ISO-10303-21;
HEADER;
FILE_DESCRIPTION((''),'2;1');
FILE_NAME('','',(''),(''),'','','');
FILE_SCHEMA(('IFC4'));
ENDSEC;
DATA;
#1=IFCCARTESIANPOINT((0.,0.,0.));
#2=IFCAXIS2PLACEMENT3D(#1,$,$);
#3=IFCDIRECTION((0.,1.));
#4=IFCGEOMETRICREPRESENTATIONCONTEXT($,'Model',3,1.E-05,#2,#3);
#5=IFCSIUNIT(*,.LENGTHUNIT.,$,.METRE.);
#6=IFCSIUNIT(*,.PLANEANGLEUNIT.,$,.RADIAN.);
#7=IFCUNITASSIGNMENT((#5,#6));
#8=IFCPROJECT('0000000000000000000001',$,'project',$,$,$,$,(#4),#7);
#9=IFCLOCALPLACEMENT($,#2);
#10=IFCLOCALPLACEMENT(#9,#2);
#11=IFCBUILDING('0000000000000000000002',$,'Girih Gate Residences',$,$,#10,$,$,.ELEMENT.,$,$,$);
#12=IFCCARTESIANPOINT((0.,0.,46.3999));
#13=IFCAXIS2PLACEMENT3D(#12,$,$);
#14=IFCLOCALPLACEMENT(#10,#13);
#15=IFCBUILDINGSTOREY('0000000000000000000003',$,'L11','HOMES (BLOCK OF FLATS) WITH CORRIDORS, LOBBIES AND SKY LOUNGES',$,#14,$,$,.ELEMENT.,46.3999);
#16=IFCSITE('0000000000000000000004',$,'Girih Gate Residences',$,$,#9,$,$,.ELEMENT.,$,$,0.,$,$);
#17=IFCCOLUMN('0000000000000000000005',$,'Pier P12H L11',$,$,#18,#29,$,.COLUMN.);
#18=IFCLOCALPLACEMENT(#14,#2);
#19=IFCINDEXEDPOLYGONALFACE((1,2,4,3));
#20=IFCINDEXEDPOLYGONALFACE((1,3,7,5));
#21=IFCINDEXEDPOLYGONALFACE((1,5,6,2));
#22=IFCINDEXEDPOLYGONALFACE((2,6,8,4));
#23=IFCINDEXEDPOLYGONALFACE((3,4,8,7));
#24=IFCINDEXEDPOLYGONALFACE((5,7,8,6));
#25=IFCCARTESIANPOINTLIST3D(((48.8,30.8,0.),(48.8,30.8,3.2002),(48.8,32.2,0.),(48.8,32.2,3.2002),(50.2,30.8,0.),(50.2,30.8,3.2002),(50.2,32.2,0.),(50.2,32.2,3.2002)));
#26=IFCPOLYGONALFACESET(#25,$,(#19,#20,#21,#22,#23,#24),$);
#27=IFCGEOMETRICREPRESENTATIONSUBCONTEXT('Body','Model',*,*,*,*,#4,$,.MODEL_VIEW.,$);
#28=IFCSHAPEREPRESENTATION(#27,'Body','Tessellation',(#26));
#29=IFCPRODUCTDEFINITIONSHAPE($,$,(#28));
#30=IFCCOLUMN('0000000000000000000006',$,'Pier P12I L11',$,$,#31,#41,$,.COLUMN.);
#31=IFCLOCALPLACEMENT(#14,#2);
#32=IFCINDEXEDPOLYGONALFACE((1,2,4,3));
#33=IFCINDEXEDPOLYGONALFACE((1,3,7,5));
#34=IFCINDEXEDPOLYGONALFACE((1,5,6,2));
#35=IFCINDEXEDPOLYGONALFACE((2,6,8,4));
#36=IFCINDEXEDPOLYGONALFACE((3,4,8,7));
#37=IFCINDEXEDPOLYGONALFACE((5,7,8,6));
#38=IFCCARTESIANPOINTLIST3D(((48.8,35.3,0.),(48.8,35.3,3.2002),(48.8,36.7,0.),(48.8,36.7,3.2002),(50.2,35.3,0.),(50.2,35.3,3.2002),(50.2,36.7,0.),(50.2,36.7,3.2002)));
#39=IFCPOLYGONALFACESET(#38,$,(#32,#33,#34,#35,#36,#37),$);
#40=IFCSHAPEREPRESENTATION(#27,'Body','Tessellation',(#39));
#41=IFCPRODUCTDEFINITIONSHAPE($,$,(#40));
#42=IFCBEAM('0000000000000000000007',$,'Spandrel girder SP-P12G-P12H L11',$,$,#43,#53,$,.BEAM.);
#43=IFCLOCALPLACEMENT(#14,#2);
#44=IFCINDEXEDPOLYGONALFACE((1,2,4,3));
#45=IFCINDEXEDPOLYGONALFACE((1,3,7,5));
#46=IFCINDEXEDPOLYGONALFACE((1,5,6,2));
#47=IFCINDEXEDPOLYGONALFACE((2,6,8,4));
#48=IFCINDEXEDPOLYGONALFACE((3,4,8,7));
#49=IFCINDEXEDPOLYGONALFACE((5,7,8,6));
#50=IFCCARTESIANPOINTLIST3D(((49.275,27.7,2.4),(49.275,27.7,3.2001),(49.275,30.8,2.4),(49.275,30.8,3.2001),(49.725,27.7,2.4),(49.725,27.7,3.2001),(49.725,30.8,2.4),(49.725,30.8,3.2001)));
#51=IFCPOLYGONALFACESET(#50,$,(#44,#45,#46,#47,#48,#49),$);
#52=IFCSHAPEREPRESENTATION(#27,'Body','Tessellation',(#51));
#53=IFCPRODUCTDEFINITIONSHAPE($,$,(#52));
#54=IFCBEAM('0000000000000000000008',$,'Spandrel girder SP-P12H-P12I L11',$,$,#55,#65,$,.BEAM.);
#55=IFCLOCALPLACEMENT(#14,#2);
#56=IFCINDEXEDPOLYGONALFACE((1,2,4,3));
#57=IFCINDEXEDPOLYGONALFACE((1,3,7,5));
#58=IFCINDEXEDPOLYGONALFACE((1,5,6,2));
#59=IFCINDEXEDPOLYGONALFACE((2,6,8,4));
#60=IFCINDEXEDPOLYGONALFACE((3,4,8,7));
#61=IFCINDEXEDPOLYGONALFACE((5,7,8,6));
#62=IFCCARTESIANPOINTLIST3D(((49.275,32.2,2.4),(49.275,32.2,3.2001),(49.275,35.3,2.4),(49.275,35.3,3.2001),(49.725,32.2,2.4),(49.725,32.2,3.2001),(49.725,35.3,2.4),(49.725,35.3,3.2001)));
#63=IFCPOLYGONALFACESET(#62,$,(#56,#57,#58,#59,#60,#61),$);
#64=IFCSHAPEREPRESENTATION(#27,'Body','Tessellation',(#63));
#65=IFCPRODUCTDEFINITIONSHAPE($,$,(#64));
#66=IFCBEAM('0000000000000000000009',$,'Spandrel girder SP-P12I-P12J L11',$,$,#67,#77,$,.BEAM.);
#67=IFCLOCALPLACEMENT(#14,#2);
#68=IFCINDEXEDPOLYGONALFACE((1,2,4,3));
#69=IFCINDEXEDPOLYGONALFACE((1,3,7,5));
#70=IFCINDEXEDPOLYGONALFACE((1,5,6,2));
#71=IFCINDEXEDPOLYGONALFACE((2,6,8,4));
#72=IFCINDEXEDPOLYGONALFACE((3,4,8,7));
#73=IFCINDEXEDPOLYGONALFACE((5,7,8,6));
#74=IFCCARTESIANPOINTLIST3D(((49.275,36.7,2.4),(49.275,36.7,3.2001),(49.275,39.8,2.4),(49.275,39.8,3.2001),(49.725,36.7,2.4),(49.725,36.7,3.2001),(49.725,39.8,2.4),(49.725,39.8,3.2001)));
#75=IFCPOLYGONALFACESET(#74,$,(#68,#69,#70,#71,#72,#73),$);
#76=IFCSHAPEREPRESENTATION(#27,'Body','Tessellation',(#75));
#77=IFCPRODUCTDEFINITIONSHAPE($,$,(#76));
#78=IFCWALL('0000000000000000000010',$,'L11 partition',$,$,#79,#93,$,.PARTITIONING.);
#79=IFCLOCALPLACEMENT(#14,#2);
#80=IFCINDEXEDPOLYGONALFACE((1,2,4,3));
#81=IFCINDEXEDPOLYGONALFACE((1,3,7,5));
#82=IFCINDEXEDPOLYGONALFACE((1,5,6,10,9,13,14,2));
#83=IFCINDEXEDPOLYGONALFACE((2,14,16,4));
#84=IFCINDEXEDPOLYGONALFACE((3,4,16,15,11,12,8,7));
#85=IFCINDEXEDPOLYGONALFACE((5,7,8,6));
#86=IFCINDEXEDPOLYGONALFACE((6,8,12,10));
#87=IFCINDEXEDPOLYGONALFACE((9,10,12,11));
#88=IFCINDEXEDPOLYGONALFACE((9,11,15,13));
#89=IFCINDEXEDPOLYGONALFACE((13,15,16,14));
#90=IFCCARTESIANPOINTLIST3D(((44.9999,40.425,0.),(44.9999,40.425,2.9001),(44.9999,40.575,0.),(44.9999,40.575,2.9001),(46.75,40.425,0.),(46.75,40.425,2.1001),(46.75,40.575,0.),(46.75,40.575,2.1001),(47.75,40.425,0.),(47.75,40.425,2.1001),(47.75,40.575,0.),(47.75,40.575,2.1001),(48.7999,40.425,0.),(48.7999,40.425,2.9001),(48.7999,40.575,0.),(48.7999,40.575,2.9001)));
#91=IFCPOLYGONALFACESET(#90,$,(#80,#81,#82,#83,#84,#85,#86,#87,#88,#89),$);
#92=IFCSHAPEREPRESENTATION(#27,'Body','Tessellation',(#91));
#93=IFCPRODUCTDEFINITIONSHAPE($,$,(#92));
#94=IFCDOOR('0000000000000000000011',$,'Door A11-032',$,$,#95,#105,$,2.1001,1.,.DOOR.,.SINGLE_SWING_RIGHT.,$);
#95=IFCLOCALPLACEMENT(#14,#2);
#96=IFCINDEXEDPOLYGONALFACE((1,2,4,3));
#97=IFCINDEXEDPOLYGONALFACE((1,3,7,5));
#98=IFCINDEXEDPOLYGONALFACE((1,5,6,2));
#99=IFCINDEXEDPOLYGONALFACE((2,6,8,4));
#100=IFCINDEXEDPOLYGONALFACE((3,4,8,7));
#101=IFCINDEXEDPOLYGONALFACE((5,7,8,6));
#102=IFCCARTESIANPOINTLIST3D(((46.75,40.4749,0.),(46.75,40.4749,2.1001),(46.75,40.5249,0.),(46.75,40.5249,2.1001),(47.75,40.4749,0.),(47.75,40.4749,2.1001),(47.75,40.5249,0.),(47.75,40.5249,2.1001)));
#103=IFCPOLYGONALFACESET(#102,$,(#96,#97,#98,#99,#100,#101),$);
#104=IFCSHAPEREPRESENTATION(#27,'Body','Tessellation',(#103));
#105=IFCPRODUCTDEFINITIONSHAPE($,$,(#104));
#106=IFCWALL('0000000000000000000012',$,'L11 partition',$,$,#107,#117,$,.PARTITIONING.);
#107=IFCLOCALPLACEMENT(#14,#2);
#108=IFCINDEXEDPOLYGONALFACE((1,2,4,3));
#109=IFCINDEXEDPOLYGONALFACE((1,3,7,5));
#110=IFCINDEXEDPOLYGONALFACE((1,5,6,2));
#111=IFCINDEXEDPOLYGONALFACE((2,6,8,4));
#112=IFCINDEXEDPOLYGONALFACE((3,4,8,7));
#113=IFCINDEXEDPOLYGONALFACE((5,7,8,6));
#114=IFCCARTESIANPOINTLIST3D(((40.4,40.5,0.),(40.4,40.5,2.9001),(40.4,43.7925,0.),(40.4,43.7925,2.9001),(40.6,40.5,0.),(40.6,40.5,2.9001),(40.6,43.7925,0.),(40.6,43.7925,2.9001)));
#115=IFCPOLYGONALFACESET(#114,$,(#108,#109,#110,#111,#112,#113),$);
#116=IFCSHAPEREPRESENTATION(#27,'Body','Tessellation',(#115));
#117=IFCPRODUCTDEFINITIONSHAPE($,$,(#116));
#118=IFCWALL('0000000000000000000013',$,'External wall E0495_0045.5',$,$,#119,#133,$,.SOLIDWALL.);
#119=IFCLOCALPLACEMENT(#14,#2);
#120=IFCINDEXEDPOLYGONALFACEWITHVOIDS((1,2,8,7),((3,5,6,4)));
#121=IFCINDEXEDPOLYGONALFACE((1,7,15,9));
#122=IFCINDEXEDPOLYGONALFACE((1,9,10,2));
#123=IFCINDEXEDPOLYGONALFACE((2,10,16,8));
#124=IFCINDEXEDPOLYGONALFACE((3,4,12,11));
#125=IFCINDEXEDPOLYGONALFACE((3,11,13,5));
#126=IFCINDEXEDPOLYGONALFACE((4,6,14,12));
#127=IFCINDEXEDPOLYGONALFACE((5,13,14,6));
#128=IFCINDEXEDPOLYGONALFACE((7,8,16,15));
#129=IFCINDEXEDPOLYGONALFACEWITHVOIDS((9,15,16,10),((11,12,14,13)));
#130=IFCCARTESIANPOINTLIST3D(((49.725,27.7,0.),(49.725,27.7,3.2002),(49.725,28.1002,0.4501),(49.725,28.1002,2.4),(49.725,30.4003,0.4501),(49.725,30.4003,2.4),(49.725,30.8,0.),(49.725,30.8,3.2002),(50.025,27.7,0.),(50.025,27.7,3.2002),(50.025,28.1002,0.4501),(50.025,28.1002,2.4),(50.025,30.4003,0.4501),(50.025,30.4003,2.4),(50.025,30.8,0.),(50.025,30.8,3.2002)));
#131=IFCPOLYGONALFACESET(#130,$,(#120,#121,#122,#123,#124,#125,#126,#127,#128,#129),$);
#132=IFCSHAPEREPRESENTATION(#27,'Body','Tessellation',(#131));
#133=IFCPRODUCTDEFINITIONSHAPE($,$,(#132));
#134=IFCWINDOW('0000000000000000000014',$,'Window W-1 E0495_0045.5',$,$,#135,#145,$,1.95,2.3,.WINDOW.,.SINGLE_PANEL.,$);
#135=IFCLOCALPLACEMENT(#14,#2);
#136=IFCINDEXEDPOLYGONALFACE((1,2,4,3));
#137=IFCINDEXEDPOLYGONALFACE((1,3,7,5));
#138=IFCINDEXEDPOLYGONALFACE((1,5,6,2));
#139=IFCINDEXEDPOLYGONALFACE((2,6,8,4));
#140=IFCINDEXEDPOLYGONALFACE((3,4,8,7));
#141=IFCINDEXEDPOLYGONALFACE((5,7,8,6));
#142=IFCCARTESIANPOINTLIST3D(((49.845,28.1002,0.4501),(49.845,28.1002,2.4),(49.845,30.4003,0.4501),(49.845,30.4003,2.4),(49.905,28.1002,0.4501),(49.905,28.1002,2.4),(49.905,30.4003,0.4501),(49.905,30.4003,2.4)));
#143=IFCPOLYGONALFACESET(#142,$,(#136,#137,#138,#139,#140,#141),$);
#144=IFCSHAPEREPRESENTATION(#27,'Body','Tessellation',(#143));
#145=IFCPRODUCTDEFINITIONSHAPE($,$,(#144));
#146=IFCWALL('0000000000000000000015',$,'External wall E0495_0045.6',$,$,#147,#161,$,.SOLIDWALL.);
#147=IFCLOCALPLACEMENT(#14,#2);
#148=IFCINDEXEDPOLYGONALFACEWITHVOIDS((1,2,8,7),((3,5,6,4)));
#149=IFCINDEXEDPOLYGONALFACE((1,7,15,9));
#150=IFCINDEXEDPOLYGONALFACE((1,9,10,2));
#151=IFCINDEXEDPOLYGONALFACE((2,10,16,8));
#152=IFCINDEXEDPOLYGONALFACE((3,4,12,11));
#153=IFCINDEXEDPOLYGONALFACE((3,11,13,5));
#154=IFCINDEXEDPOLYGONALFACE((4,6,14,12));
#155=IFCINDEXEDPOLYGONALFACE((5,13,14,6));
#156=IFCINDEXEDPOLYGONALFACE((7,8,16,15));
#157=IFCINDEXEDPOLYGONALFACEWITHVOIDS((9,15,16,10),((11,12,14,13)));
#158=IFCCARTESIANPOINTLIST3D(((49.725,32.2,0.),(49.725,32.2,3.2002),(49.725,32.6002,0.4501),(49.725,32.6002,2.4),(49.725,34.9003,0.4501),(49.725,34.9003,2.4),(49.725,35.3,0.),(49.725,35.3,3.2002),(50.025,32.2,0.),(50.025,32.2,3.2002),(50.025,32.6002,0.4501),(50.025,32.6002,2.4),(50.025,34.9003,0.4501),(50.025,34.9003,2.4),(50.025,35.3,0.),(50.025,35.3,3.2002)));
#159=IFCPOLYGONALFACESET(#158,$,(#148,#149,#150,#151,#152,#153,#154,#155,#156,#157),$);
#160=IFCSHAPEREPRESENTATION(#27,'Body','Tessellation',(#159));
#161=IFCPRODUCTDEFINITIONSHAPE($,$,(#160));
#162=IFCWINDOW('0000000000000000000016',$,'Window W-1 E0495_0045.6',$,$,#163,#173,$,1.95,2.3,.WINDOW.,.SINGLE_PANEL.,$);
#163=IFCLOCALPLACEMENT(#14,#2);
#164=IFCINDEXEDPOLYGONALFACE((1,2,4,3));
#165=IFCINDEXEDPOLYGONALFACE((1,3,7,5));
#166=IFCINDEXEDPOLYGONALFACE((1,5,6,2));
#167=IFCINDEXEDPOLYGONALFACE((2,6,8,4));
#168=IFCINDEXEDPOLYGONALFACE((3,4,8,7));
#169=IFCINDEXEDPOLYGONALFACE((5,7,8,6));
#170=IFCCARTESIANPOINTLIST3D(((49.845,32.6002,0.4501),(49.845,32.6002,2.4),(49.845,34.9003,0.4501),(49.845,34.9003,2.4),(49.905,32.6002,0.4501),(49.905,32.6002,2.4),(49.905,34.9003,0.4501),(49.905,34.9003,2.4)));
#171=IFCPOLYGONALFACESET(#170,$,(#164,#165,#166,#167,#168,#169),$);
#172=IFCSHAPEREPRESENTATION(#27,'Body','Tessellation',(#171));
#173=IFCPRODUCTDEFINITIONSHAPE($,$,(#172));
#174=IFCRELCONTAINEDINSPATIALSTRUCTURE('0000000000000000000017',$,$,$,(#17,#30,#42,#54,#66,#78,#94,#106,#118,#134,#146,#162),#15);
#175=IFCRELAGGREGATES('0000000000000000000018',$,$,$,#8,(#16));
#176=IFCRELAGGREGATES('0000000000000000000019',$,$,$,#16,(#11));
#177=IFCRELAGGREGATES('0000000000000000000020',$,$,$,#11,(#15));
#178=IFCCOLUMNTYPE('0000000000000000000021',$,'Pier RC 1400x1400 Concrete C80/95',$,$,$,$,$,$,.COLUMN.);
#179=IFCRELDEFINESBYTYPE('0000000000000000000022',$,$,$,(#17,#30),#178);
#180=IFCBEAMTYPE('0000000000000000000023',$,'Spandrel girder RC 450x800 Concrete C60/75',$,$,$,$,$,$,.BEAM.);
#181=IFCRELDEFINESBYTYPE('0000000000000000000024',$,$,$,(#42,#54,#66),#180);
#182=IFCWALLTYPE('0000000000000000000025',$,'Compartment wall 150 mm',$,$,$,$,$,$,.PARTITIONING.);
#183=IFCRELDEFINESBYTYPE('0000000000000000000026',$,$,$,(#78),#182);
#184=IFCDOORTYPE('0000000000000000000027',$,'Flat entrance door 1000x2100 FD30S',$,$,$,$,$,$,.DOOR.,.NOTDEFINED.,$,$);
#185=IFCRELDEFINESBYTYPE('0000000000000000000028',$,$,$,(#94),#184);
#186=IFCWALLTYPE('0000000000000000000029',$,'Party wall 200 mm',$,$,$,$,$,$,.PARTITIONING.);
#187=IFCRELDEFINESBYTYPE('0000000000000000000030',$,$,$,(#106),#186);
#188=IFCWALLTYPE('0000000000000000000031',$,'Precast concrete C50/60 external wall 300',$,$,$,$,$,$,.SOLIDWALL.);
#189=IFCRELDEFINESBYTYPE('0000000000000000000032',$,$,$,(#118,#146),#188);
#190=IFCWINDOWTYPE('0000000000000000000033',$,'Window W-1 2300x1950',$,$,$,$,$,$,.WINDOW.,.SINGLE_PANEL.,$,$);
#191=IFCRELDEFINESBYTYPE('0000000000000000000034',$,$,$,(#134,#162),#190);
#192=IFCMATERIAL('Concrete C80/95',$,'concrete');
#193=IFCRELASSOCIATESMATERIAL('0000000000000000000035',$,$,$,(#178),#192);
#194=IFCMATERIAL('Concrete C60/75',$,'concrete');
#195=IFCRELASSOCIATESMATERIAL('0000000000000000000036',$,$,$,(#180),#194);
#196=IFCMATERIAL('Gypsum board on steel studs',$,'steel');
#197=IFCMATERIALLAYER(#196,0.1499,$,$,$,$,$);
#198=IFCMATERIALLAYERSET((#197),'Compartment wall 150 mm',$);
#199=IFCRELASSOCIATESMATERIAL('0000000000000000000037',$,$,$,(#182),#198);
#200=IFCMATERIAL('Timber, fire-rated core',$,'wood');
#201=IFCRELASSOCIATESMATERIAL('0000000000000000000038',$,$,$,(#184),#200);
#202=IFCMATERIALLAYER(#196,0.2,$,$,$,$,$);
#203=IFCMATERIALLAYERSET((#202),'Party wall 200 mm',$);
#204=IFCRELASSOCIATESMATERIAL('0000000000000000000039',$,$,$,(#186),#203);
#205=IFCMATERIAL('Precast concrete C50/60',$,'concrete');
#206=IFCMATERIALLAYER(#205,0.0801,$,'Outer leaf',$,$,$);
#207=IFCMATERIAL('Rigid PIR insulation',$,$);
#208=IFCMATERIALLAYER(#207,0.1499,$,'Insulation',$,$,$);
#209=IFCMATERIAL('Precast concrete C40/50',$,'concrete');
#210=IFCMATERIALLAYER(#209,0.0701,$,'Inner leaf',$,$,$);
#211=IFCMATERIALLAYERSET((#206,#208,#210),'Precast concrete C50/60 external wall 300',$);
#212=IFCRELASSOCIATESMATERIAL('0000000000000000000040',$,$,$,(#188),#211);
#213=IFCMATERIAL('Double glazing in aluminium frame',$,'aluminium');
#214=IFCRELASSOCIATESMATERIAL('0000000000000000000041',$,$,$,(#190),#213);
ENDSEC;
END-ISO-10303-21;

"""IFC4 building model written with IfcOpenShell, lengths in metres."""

from ifc_helpers import new_model, si_unit, direction, frame, frame_2d, origin, origin_2d, place, context, subcontext, project, spatial, rectangle, extrude, material, layer, layer_set, material_profile, profile_set, type_object, element, fill, save


model = new_model("IFC4")

# Units and contexts
model_context = context("Model", 3, precision=1e-05, world=origin(), true_north=direction((0.0, 1.0)))
body_context = subcontext(model_context, "Body", "Model", "MODEL_VIEW")
ifc_project = project(units=[si_unit("LENGTHUNIT", "METRE"), si_unit("PLANEANGLEUNIT", "RADIAN")], contexts=[model_context])

# Site, building, storey
site_placement = place(None, origin())
site = spatial("IfcSite", under=ifc_project, at=site_placement, Name="Girih Gate Residences", CompositionType="ELEMENT", RefElevation=0.0)
building_placement = place(site_placement, origin())
building = spatial("IfcBuilding", under=site, at=building_placement, Name="Girih Gate Residences", CompositionType="ELEMENT")
storey_placement = place(building_placement, frame((0.0, 0.0, 46.3999)))
storey = spatial("IfcBuildingStorey", under=building, at=storey_placement, Name="L11", Description="HOMES (BLOCK OF FLATS) WITH CORRIDORS, LOBBIES AND SKY LOUNGES", CompositionType="ELEMENT", Elevation=46.3999)

# Columns
ifc_material_1 = material(Name="Concrete C80/95", Category="concrete")
ifc_material_profile_1 = material_profile(ifc_material_1, rectangle(XDim=1.3999, YDim=1.3999, at=origin_2d()))
ifc_profile_set_1 = profile_set([ifc_material_profile_1], Name="Concrete C80/95")
column_type = type_object("IfcColumnType", Name="Pier RC 1400x1400 Concrete C80/95", PredefinedType="COLUMN", material=ifc_profile_set_1)
for number, where, z_axis, x_axis, name in (
    (1, (49.5, 31.5, 0.0), (0.0, 0.0, 1.0), (1.0, 0.0, 0.0), "Pier P12H L11"),
    (2, (49.5, 36.0, 0.0), (0.0, 0.0, 1.0), (1.0, 0.0, 0.0), "Pier P12I L11"),
):
    element("IfcColumn", number, at=place(storey_placement, frame(where, z_axis=z_axis, x_axis=x_axis)), inside=storey, type_object=column_type, Name=name, PredefinedType="COLUMN", context=body_context, shape_type="SweptSolid", body=[
        extrude(rectangle(XDim=1.3999, YDim=1.3999, at=origin_2d()), origin(), (0.0, 0.0, 1.0), 3.2002),
    ])

# Beams
ifc_material_2 = material(Name="Concrete C60/75", Category="concrete")
ifc_material_profile_2 = material_profile(ifc_material_2, rectangle(XDim=0.45, YDim=0.8, at=origin_2d()))
ifc_profile_set_2 = profile_set([ifc_material_profile_2], Name="Concrete C60/75")
beam_type = type_object("IfcBeamType", Name="Spandrel girder RC 450x800 Concrete C60/75", PredefinedType="BEAM", material=ifc_profile_set_2)
for number, where, z_axis, x_axis, name in (
    (3, (49.5, 27.7, 2.8), (0.0, 1.0, 0.0), (-1.0, 0.0, 0.0), "Spandrel girder SP-P12G-P12H L11"),
    (4, (49.5, 32.2, 2.8), (0.0, 1.0, 0.0), (-1.0, 0.0, 0.0), "Spandrel girder SP-P12H-P12I L11"),
    (5, (49.5, 36.7, 2.8), (0.0, 1.0, 0.0), (-1.0, 0.0, 0.0), "Spandrel girder SP-P12I-P12J L11"),
):
    element("IfcBeam", number, at=place(storey_placement, frame(where, z_axis=z_axis, x_axis=x_axis)), inside=storey, type_object=beam_type, Name=name, PredefinedType="BEAM", context=body_context, shape_type="SweptSolid", body=[
        extrude(rectangle(XDim=0.45, YDim=0.8, at=origin_2d()), origin(), (0.0, 0.0, 1.0), 3.1001),
    ])

# Wall, opening, door
ifc_material_3 = material(Name="Gypsum board on steel studs", Category="steel")
ifc_layer_1 = layer(ifc_material_3, 0.1499)
ifc_layer_set_1 = layer_set([ifc_layer_1], Name="Compartment wall 150 mm")
wall_type_1 = type_object("IfcWallType", Name="Compartment wall 150 mm", PredefinedType="PARTITIONING", material=ifc_layer_set_1)
wall_1_placement = place(storey_placement, frame((45.0, 40.5, 0.0), z_axis=(0.0, 0.0, 1.0), x_axis=(1.0, 0.0, 0.0)))
wall_1 = element("IfcWall", 6, at=wall_1_placement, inside=storey, type_object=wall_type_1, Name="L11 partition", PredefinedType="PARTITIONING", context=body_context, shape_type="SweptSolid", body=[
    extrude(rectangle(XDim=3.8, YDim=0.1499, at=frame_2d((1.8999, 0.0))), origin(), (0.0, 0.0, 1.0), 2.9001),
])
opening_1_placement = place(wall_1_placement, frame((1.75, 0.0, 0.0)))
opening_1 = element("IfcOpeningElement", 7, at=opening_1_placement, cuts=wall_1, PredefinedType="OPENING", context=body_context, shape_type="SweptSolid", body=[
    extrude(rectangle(XDim=1.0, YDim=2.1001, at=frame_2d((0.5, 1.05))), frame((0.0, 0.085, 0.0), z_axis=(0.0, -1.0, 0.0), x_axis=(1.0, 0.0, 0.0)), (0.0, 0.0, 1.0), 0.1699),
])
ifc_material_4 = material(Name="Timber, fire-rated core", Category="wood")
door_type_1 = type_object("IfcDoorType", Name="Flat entrance door 1000x2100 FD30S", OperationType="NOTDEFINED", PredefinedType="DOOR", material=ifc_material_4)
door_1_placement = place(opening_1_placement, origin())
door_1 = element("IfcDoor", 8, at=door_1_placement, inside=storey, type_object=door_type_1, Name="Door A11-032", OperationType="SINGLE_SWING_RIGHT", OverallHeight=2.1001, OverallWidth=1.0, PredefinedType="DOOR", context=body_context, shape_type="SweptSolid", body=[
    extrude(rectangle(XDim=1.0, YDim=2.1001, at=frame_2d((0.5, 1.05))), frame((0.0, 0.0249, 0.0), z_axis=(0.0, -1.0, 0.0), x_axis=(1.0, 0.0, 0.0)), (0.0, 0.0, 1.0), 0.05),
])
fill(opening_1, door_1)

# Wall
ifc_layer_2 = layer(ifc_material_3, 0.2)
ifc_layer_set_2 = layer_set([ifc_layer_2], Name="Party wall 200 mm")
wall_type_2 = type_object("IfcWallType", Name="Party wall 200 mm", PredefinedType="PARTITIONING", material=ifc_layer_set_2)
wall_2_placement = place(storey_placement, frame((40.5, 40.5, 0.0), z_axis=(0.0, 0.0, 1.0), x_axis=(0.0, 1.0, 0.0)))
element("IfcWall", 9, at=wall_2_placement, inside=storey, type_object=wall_type_2, Name="L11 partition", PredefinedType="PARTITIONING", context=body_context, shape_type="SweptSolid", body=[
    extrude(rectangle(XDim=3.2925, YDim=0.2, at=frame_2d((1.6462, 0.0))), origin(), (0.0, 0.0, 1.0), 2.9001),
])

# Walls, openings, windows
ifc_material_5 = material(Name="Precast concrete C50/60", Category="concrete")
ifc_layer_3 = layer(ifc_material_5, 0.0801, Name="Outer leaf")
ifc_material_6 = material(Name="Rigid PIR insulation")
ifc_layer_4 = layer(ifc_material_6, 0.1499, Name="Insulation")
ifc_material_7 = material(Name="Precast concrete C40/50", Category="concrete")
ifc_layer_5 = layer(ifc_material_7, 0.0701, Name="Inner leaf")
ifc_layer_set_3 = layer_set([ifc_layer_3, ifc_layer_4, ifc_layer_5], Name="Precast concrete C50/60 external wall 300")
wall_type_3 = type_object("IfcWallType", Name="Precast concrete C50/60 external wall 300", PredefinedType="SOLIDWALL", material=ifc_layer_set_3)
wall_3_placement = place(storey_placement, frame((49.875, 30.8, 0.0), z_axis=(0.0, 0.0, 1.0), x_axis=(0.0, -1.0, 0.0)))
wall_3 = element("IfcWall", 10, at=wall_3_placement, inside=storey, type_object=wall_type_3, Name="External wall E0495_0045.5", PredefinedType="SOLIDWALL", context=body_context, shape_type="SweptSolid", body=[
    extrude(rectangle(XDim=3.1001, YDim=0.3, at=frame_2d((1.55, 0.0))), origin(), (0.0, 0.0, 1.0), 3.2002),
])
opening_2_placement = place(wall_3_placement, frame((0.3999, 0.0, 0.45)))
opening_2 = element("IfcOpeningElement", 11, at=opening_2_placement, cuts=wall_3, PredefinedType="OPENING", context=body_context, shape_type="SweptSolid", body=[
    extrude(rectangle(XDim=2.3, YDim=1.95, at=frame_2d((1.1499, 0.9751))), frame((0.0, 0.1599, 0.0), z_axis=(0.0, -1.0, 0.0), x_axis=(1.0, 0.0, 0.0)), (0.0, 0.0, 1.0), 0.3201),
])
ifc_material_8 = material(Name="Double glazing in aluminium frame", Category="aluminium")
window_type = type_object("IfcWindowType", Name="Window W-1 2300x1950", PartitioningType="SINGLE_PANEL", PredefinedType="WINDOW", material=ifc_material_8)
window_1_placement = place(opening_2_placement, origin())
window_1 = element("IfcWindow", 12, at=window_1_placement, inside=storey, type_object=window_type, Name="Window W-1 E0495_0045.5", OverallHeight=1.95, OverallWidth=2.3, PartitioningType="SINGLE_PANEL", PredefinedType="WINDOW", context=body_context, shape_type="SweptSolid", body=[
    extrude(rectangle(XDim=2.3, YDim=1.95, at=frame_2d((1.1499, 0.9751))), frame((0.0, 0.03, 0.0), z_axis=(0.0, -1.0, 0.0), x_axis=(1.0, 0.0, 0.0)), (0.0, 0.0, 1.0), 0.0601),
])
fill(opening_2, window_1)
wall_4_placement = place(storey_placement, frame((49.875, 35.3, 0.0), z_axis=(0.0, 0.0, 1.0), x_axis=(0.0, -1.0, 0.0)))
wall_4 = element("IfcWall", 13, at=wall_4_placement, inside=storey, type_object=wall_type_3, Name="External wall E0495_0045.6", PredefinedType="SOLIDWALL", context=body_context, shape_type="SweptSolid", body=[
    extrude(rectangle(XDim=3.1001, YDim=0.3, at=frame_2d((1.55, 0.0))), origin(), (0.0, 0.0, 1.0), 3.2002),
])
opening_3_placement = place(wall_4_placement, frame((0.3999, 0.0, 0.45)))
opening_3 = element("IfcOpeningElement", 14, at=opening_3_placement, cuts=wall_4, PredefinedType="OPENING", context=body_context, shape_type="SweptSolid", body=[
    extrude(rectangle(XDim=2.3, YDim=1.95, at=frame_2d((1.1499, 0.9751))), frame((0.0, 0.1599, 0.0), z_axis=(0.0, -1.0, 0.0), x_axis=(1.0, 0.0, 0.0)), (0.0, 0.0, 1.0), 0.3201),
])
window_2_placement = place(opening_3_placement, origin())
window_2 = element("IfcWindow", 15, at=window_2_placement, inside=storey, type_object=window_type, Name="Window W-1 E0495_0045.6", OverallHeight=1.95, OverallWidth=2.3, PartitioningType="SINGLE_PANEL", PredefinedType="WINDOW", context=body_context, shape_type="SweptSolid", body=[
    extrude(rectangle(XDim=2.3, YDim=1.95, at=frame_2d((1.1499, 0.9751))), frame((0.0, 0.03, 0.0), z_axis=(0.0, -1.0, 0.0), x_axis=(1.0, 0.0, 0.0)), (0.0, 0.0, 1.0), 0.0601),
])
fill(opening_3, window_2)

save(model, "model.ifc")
